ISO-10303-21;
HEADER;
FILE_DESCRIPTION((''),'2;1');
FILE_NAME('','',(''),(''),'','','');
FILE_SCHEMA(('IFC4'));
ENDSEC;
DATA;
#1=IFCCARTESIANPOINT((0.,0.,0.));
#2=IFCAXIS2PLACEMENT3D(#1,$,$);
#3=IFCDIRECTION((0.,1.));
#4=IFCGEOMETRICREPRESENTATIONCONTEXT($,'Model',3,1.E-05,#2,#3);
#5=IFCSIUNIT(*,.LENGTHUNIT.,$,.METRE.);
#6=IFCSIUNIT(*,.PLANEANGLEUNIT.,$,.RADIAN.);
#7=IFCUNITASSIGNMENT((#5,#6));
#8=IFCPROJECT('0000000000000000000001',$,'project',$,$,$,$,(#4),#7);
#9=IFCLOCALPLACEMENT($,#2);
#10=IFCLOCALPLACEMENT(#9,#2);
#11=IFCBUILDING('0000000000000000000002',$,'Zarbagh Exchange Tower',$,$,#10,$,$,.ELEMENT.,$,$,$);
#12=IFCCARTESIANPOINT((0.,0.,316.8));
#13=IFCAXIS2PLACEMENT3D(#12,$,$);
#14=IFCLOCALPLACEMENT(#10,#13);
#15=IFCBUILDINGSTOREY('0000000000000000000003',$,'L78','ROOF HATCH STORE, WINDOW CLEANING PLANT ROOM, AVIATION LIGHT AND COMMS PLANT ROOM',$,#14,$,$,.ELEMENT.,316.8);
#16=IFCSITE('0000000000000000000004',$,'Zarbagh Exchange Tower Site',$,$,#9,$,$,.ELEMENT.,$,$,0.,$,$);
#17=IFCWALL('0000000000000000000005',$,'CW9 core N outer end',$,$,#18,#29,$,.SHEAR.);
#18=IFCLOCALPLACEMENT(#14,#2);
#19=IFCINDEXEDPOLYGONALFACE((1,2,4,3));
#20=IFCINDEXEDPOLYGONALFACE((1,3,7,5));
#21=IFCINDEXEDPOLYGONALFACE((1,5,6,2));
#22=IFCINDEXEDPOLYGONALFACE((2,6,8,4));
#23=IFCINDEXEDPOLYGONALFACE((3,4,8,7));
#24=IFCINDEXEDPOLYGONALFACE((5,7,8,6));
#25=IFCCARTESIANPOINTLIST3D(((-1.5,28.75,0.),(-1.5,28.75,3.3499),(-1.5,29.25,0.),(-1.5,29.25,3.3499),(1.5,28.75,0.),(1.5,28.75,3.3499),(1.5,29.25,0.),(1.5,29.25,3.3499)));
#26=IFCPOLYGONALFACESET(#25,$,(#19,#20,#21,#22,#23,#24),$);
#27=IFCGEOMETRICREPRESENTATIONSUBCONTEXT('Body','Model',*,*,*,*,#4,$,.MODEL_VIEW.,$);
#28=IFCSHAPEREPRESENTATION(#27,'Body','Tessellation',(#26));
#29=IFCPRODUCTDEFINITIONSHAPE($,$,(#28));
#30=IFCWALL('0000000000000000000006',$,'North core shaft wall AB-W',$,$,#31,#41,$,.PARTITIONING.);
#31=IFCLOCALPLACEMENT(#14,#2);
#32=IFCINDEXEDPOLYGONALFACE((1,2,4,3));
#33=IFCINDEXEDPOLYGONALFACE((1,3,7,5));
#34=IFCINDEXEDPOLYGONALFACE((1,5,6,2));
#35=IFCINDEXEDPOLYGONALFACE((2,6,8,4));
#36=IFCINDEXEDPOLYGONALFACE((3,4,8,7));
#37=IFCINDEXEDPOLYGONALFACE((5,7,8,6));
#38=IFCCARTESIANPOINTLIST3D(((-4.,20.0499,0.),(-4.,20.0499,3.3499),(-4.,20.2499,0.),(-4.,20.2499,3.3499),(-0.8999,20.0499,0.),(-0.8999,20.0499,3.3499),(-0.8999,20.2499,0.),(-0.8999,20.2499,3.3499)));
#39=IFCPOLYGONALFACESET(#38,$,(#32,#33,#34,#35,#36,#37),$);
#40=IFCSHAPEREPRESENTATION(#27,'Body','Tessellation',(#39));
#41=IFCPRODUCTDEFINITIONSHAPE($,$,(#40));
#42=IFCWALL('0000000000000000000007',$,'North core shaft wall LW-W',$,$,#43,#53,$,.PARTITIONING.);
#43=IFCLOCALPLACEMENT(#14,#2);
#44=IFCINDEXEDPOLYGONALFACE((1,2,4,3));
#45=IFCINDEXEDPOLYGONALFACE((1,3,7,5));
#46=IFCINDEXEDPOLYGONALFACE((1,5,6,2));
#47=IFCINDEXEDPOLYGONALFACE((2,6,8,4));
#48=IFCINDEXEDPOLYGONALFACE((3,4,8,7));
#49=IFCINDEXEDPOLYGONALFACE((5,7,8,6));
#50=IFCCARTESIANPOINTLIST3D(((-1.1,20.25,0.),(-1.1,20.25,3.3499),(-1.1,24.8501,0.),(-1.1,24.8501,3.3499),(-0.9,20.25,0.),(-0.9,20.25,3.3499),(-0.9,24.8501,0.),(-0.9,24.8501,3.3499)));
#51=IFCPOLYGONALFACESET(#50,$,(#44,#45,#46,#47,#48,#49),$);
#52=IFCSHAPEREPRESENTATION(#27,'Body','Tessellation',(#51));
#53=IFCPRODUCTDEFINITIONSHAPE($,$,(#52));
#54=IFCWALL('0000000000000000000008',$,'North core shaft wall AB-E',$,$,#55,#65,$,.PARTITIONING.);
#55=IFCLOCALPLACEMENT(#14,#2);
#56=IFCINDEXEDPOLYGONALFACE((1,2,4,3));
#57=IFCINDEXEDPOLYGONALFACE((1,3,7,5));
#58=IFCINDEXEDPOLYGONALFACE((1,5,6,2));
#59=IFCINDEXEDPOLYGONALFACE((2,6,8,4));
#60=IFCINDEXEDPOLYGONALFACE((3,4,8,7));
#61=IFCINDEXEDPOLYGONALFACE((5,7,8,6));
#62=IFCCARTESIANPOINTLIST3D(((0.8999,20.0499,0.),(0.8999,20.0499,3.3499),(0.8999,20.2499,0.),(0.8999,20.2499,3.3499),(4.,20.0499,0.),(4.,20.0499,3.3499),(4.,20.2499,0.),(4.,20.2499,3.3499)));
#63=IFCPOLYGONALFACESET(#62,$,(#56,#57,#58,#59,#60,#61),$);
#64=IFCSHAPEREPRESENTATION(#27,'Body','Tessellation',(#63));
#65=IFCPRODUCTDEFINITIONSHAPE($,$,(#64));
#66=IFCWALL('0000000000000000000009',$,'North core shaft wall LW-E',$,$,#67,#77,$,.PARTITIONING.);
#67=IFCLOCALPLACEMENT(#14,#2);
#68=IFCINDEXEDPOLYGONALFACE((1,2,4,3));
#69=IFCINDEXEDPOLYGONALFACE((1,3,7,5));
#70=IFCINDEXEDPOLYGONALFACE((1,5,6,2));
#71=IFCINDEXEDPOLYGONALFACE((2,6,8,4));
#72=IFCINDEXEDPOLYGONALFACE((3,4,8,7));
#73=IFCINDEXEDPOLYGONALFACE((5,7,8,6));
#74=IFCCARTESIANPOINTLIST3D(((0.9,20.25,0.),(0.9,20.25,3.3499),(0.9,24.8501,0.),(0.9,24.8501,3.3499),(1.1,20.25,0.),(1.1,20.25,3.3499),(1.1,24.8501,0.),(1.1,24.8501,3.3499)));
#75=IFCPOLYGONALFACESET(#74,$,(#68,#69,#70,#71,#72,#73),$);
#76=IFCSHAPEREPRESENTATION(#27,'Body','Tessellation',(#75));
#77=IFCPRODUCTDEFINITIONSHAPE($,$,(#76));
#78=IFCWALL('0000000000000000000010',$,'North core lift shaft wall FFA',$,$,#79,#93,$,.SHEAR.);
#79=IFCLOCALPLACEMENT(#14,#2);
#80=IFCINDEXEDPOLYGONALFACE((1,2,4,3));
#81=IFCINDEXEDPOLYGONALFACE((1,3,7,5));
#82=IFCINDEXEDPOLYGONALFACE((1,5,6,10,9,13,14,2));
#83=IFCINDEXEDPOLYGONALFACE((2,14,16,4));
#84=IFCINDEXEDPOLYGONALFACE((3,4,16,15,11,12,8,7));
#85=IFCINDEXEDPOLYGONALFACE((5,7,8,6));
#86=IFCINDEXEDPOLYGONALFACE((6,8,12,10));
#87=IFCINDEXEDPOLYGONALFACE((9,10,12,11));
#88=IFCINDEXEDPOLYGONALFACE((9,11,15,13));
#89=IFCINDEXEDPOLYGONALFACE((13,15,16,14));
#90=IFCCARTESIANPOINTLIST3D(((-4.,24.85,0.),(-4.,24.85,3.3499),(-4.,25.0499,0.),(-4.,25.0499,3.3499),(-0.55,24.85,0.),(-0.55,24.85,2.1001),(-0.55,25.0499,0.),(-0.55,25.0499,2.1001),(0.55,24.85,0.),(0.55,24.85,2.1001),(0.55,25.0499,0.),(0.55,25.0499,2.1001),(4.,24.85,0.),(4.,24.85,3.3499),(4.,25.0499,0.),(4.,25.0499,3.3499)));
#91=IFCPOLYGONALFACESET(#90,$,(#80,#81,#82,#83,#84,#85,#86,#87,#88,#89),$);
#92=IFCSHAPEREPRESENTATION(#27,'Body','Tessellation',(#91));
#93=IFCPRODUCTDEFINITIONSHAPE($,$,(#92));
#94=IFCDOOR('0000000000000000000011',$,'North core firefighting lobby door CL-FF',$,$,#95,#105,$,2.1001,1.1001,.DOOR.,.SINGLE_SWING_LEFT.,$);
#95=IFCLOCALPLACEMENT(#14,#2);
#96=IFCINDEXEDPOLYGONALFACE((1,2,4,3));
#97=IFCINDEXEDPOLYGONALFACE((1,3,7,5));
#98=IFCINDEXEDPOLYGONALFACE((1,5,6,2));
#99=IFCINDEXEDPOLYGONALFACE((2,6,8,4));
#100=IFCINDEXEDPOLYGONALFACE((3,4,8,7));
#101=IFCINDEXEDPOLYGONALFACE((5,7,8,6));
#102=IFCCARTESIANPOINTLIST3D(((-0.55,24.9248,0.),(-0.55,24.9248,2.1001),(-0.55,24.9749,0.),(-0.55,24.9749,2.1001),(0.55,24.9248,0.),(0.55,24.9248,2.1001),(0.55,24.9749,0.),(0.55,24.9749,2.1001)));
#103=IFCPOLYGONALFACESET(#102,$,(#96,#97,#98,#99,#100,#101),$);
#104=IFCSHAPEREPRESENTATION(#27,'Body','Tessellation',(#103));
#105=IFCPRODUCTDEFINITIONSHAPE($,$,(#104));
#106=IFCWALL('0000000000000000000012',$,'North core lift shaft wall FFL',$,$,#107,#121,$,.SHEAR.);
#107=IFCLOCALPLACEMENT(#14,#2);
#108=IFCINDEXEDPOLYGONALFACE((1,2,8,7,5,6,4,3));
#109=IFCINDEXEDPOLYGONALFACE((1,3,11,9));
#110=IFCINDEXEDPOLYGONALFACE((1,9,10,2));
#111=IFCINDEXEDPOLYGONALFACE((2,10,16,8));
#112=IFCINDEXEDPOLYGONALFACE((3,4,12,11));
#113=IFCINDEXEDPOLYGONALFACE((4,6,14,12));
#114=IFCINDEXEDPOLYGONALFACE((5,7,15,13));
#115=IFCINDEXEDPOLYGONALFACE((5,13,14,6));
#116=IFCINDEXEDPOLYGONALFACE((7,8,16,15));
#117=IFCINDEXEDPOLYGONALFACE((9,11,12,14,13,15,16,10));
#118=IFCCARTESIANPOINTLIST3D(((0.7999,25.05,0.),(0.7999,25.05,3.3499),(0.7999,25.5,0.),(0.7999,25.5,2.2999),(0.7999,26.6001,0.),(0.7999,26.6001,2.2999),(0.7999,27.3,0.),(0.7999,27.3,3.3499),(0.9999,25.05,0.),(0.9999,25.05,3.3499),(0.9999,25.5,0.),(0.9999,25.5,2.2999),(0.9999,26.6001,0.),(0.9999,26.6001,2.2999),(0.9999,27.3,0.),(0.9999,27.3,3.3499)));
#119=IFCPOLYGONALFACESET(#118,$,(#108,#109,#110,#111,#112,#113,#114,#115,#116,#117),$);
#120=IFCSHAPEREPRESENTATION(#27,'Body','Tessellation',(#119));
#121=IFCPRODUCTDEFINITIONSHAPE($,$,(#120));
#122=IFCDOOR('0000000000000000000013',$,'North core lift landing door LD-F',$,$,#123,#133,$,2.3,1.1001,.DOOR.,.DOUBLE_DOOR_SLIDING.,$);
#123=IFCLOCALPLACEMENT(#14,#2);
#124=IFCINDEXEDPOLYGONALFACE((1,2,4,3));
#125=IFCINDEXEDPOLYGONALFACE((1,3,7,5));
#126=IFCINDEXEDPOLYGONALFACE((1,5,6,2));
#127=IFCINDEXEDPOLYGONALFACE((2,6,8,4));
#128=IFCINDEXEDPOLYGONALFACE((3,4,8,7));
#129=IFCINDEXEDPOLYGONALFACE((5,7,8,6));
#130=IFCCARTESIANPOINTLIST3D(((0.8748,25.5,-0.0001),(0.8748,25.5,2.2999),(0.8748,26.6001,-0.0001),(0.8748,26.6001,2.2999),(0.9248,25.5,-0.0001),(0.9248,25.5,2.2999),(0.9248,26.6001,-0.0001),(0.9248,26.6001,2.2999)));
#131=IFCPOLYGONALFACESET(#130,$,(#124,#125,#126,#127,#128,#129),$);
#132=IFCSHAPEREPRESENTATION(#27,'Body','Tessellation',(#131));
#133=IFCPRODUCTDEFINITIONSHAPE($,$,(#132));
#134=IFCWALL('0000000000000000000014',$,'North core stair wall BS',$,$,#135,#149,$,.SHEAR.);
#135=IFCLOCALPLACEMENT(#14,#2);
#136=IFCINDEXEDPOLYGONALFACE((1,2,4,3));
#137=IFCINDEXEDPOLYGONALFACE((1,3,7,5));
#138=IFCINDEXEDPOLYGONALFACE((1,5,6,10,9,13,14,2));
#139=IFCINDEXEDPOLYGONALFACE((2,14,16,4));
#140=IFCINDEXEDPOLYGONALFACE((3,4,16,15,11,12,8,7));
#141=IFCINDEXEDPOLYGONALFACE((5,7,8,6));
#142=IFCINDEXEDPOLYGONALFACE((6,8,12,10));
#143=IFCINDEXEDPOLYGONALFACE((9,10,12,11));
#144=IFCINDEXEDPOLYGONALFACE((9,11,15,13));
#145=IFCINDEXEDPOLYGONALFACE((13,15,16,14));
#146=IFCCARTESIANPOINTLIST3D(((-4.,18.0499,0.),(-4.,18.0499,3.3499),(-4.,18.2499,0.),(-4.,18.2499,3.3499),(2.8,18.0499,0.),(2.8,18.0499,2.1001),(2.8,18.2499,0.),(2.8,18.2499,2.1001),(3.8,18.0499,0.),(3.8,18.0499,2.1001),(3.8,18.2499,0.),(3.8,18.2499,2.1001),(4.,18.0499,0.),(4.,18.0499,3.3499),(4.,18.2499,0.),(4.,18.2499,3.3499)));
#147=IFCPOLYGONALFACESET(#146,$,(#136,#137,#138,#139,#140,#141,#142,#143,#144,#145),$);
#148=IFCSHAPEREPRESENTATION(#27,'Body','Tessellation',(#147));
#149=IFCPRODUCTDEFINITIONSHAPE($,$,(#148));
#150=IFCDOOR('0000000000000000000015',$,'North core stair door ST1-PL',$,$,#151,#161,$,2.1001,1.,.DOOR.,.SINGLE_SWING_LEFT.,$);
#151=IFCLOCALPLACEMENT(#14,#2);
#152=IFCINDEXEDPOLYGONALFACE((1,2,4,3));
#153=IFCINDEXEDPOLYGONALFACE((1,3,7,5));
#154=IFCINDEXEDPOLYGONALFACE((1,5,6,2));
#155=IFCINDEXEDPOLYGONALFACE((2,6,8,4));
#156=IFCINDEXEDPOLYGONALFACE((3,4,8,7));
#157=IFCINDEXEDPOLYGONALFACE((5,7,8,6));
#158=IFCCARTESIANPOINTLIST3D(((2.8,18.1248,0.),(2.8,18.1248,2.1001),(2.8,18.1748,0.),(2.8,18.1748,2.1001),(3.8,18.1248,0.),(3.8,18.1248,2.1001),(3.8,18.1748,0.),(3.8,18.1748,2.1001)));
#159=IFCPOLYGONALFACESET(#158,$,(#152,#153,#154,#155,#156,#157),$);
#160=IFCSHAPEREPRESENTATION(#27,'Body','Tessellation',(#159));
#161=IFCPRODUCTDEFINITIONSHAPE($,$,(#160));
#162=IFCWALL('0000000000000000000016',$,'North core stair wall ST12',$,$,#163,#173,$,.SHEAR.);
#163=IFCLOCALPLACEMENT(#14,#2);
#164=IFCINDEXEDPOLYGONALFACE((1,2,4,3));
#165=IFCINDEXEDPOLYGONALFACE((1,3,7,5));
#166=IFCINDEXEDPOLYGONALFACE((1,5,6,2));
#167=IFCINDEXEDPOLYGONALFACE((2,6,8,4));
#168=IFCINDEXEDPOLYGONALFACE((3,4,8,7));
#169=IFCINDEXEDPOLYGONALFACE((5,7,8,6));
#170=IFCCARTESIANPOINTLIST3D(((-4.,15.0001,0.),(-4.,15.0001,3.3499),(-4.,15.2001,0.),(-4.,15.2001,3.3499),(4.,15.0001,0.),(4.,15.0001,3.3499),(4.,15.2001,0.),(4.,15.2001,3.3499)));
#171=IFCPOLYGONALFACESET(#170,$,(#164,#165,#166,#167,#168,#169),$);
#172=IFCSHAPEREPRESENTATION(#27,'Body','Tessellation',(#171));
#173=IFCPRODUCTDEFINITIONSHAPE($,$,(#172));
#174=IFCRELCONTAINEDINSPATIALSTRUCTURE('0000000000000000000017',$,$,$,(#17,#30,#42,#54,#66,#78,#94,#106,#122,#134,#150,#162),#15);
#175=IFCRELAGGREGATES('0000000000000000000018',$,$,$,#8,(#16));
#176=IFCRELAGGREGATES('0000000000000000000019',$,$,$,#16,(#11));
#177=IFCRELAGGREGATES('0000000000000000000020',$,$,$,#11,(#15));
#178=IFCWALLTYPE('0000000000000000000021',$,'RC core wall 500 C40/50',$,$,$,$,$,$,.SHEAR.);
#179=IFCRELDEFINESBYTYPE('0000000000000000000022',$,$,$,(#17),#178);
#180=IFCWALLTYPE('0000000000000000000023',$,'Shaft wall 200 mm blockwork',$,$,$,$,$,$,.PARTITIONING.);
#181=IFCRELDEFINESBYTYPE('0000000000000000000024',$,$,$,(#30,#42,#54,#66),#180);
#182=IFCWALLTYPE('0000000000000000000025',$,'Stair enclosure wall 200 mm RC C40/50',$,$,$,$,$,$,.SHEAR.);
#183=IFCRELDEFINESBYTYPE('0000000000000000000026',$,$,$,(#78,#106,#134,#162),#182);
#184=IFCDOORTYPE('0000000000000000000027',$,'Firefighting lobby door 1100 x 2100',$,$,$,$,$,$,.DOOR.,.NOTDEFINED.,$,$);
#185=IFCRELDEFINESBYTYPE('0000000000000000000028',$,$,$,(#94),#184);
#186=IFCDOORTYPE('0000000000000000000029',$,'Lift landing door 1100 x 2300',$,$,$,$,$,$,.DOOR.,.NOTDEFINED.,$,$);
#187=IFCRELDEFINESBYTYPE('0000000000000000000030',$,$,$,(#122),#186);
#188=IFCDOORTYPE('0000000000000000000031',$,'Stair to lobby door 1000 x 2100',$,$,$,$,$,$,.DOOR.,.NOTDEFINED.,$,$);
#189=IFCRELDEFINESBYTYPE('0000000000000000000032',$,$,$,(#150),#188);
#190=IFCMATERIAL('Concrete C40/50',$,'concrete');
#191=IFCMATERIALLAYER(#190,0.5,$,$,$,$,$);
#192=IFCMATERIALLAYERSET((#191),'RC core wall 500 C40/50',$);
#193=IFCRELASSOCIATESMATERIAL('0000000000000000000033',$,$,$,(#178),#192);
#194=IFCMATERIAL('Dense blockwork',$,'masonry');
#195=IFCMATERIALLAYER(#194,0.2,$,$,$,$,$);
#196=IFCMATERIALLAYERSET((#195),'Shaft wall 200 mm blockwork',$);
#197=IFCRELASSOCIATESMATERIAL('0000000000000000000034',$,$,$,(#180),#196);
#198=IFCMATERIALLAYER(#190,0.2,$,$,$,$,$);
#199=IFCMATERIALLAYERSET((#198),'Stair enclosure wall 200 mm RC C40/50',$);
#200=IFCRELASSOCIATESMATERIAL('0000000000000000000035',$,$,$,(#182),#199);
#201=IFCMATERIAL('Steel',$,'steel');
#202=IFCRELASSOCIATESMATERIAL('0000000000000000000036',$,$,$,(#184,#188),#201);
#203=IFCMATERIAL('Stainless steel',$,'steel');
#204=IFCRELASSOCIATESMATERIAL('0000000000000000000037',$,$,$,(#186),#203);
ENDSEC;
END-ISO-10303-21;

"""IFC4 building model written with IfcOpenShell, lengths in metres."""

from ifc_helpers import new_model, si_unit, direction, frame, frame_2d, origin, place, context, subcontext, project, spatial, rectangle, extrude, material, layer, layer_set, type_object, element, fill, save


model = new_model("IFC4")

# Units and contexts
model_context = context("Model", 3, precision=1e-05, world=origin(), true_north=direction((0.0, 1.0)))
body_context = subcontext(model_context, "Body", "Model", "MODEL_VIEW")
ifc_project = project(units=[si_unit("LENGTHUNIT", "METRE"), si_unit("PLANEANGLEUNIT", "RADIAN")], contexts=[model_context])

# Site, building, storey
site_placement = place(None, origin())
site = spatial("IfcSite", under=ifc_project, at=site_placement, Name="Zarbagh Exchange Tower Site", CompositionType="ELEMENT", RefElevation=0.0)
building_placement = place(site_placement, origin())
building = spatial("IfcBuilding", under=site, at=building_placement, Name="Zarbagh Exchange Tower", CompositionType="ELEMENT")
storey_placement = place(building_placement, frame((0.0, 0.0, 316.8)))
storey = spatial("IfcBuildingStorey", under=building, at=storey_placement, Name="L78", Description="ROOF HATCH STORE, WINDOW CLEANING PLANT ROOM, AVIATION LIGHT AND COMMS PLANT ROOM", CompositionType="ELEMENT", Elevation=316.8)

# Walls
ifc_material_1 = material(Name="Concrete C40/50", Category="concrete")
ifc_layer_1 = layer(ifc_material_1, 0.5)
ifc_layer_set_1 = layer_set([ifc_layer_1], Name="RC core wall 500 C40/50")
wall_type_1 = type_object("IfcWallType", Name="RC core wall 500 C40/50", PredefinedType="SHEAR", material=ifc_layer_set_1)
wall_1_placement = place(storey_placement, frame((-1.5, 29.0, 0.0), z_axis=(0.0, 0.0, 1.0), x_axis=(1.0, 0.0, 0.0)))
element("IfcWall", 1, at=wall_1_placement, inside=storey, type_object=wall_type_1, Name="CW9 core N outer end", PredefinedType="SHEAR", context=body_context, shape_type="SweptSolid", body=[
    extrude(rectangle(XDim=3.0, YDim=0.5, at=frame_2d((1.5, 0.0))), origin(), (0.0, 0.0, 1.0), 3.3499),
])
ifc_material_2 = material(Name="Dense blockwork", Category="masonry")
ifc_layer_2 = layer(ifc_material_2, 0.2)
ifc_layer_set_2 = layer_set([ifc_layer_2], Name="Shaft wall 200 mm blockwork")
wall_type_2 = type_object("IfcWallType", Name="Shaft wall 200 mm blockwork", PredefinedType="PARTITIONING", material=ifc_layer_set_2)
wall_2_placement = place(storey_placement, frame((-4.0, 20.1499, 0.0), z_axis=(0.0, 0.0, 1.0), x_axis=(1.0, 0.0, 0.0)))
element("IfcWall", 2, at=wall_2_placement, inside=storey, type_object=wall_type_2, Name="North core shaft wall AB-W", PredefinedType="PARTITIONING", context=body_context, shape_type="SweptSolid", body=[
    extrude(rectangle(XDim=3.1001, YDim=0.2, at=frame_2d((1.55, 0.0))), origin(), (0.0, 0.0, 1.0), 3.3499),
])
wall_3_placement = place(storey_placement, frame((-1.0, 24.8501, 0.0), z_axis=(0.0, 0.0, 1.0), x_axis=(0.0, -1.0, 0.0)))
element("IfcWall", 3, at=wall_3_placement, inside=storey, type_object=wall_type_2, Name="North core shaft wall LW-W", PredefinedType="PARTITIONING", context=body_context, shape_type="SweptSolid", body=[
    extrude(rectangle(XDim=4.6001, YDim=0.2, at=frame_2d((2.3, 0.0))), origin(), (0.0, 0.0, 1.0), 3.3499),
])
wall_4_placement = place(storey_placement, frame((0.8999, 20.1499, 0.0), z_axis=(0.0, 0.0, 1.0), x_axis=(1.0, 0.0, 0.0)))
element("IfcWall", 4, at=wall_4_placement, inside=storey, type_object=wall_type_2, Name="North core shaft wall AB-E", PredefinedType="PARTITIONING", context=body_context, shape_type="SweptSolid", body=[
    extrude(rectangle(XDim=3.1001, YDim=0.2, at=frame_2d((1.55, 0.0))), origin(), (0.0, 0.0, 1.0), 3.3499),
])
wall_5_placement = place(storey_placement, frame((1.0, 24.8501, 0.0), z_axis=(0.0, 0.0, 1.0), x_axis=(0.0, -1.0, 0.0)))
element("IfcWall", 5, at=wall_5_placement, inside=storey, type_object=wall_type_2, Name="North core shaft wall LW-E", PredefinedType="PARTITIONING", context=body_context, shape_type="SweptSolid", body=[
    extrude(rectangle(XDim=4.6001, YDim=0.2, at=frame_2d((2.3, 0.0))), origin(), (0.0, 0.0, 1.0), 3.3499),
])

# Walls, openings, doors
ifc_layer_3 = layer(ifc_material_1, 0.2)
ifc_layer_set_3 = layer_set([ifc_layer_3], Name="Stair enclosure wall 200 mm RC C40/50")
wall_type_3 = type_object("IfcWallType", Name="Stair enclosure wall 200 mm RC C40/50", PredefinedType="SHEAR", material=ifc_layer_set_3)
wall_6_placement = place(storey_placement, frame((-4.0, 24.95, 0.0), z_axis=(0.0, 0.0, 1.0), x_axis=(1.0, 0.0, 0.0)))
wall_6 = element("IfcWall", 6, at=wall_6_placement, inside=storey, type_object=wall_type_3, Name="North core lift shaft wall FFA", PredefinedType="SHEAR", context=body_context, shape_type="SweptSolid", body=[
    extrude(rectangle(XDim=8.0, YDim=0.2, at=frame_2d((4.0, 0.0))), origin(), (0.0, 0.0, 1.0), 3.3499),
])
opening_1_placement = place(wall_6_placement, frame((3.45, 0.0, 0.0)))
opening_1 = element("IfcOpeningElement", 7, at=opening_1_placement, cuts=wall_6, PredefinedType="OPENING", context=body_context, shape_type="SweptSolid", body=[
    extrude(rectangle(XDim=1.1001, YDim=2.1001, at=frame_2d((0.55, 1.05))), frame((0.0, 0.1099, 0.0), z_axis=(0.0, -1.0, 0.0), x_axis=(1.0, 0.0, 0.0)), (0.0, 0.0, 1.0), 0.22),
])
ifc_material_3 = material(Name="Steel", Category="steel")
door_type_1 = type_object("IfcDoorType", Name="Firefighting lobby door 1100 x 2100", OperationType="NOTDEFINED", PredefinedType="DOOR", material=ifc_material_3)
door_1_placement = place(opening_1_placement, origin())
door_1 = element("IfcDoor", 8, at=door_1_placement, inside=storey, type_object=door_type_1, Name="North core firefighting lobby door CL-FF", OperationType="SINGLE_SWING_LEFT", OverallHeight=2.1001, OverallWidth=1.1001, PredefinedType="DOOR", context=body_context, shape_type="SweptSolid", body=[
    extrude(rectangle(XDim=1.1001, YDim=2.1001, at=frame_2d((0.55, 1.05))), frame((0.0, 0.0249, 0.0), z_axis=(0.0, -1.0, 0.0), x_axis=(1.0, 0.0, 0.0)), (0.0, 0.0, 1.0), 0.05),
])
fill(opening_1, door_1)
wall_7_placement = place(storey_placement, frame((0.8999, 27.3, 0.0), z_axis=(0.0, 0.0, 1.0), x_axis=(0.0, -1.0, 0.0)))
wall_7 = element("IfcWall", 9, at=wall_7_placement, inside=storey, type_object=wall_type_3, Name="North core lift shaft wall FFL", PredefinedType="SHEAR", context=body_context, shape_type="SweptSolid", body=[
    extrude(rectangle(XDim=2.25, YDim=0.2, at=frame_2d((1.125, 0.0))), origin(), (0.0, 0.0, 1.0), 3.3499),
])
opening_2_placement = place(wall_7_placement, frame((0.7, 0.0, 0.0)))
opening_2 = element("IfcOpeningElement", 10, at=opening_2_placement, cuts=wall_7, PredefinedType="OPENING", context=body_context, shape_type="SweptSolid", body=[
    extrude(rectangle(XDim=1.1001, YDim=2.3, at=frame_2d((0.55, 1.1499))), frame((0.0, 0.1099, 0.0), z_axis=(0.0, -1.0, 0.0), x_axis=(1.0, 0.0, 0.0)), (0.0, 0.0, 1.0), 0.22),
])
ifc_material_4 = material(Name="Stainless steel", Category="steel")
door_type_2 = type_object("IfcDoorType", Name="Lift landing door 1100 x 2300", OperationType="NOTDEFINED", PredefinedType="DOOR", material=ifc_material_4)
door_2_placement = place(opening_2_placement, origin())
door_2 = element("IfcDoor", 11, at=door_2_placement, inside=storey, type_object=door_type_2, Name="North core lift landing door LD-F", OperationType="DOUBLE_DOOR_SLIDING", OverallHeight=2.3, OverallWidth=1.1001, PredefinedType="DOOR", context=body_context, shape_type="SweptSolid", body=[
    extrude(rectangle(XDim=1.1001, YDim=2.3, at=frame_2d((0.55, 1.1499))), frame((0.0, 0.0249, 0.0), z_axis=(0.0, -1.0, 0.0), x_axis=(1.0, 0.0, 0.0)), (0.0, 0.0, 1.0), 0.05),
])
fill(opening_2, door_2)
wall_8_placement = place(storey_placement, frame((-4.0, 18.1499, 0.0), z_axis=(0.0, 0.0, 1.0), x_axis=(1.0, 0.0, 0.0)))
wall_8 = element("IfcWall", 12, at=wall_8_placement, inside=storey, type_object=wall_type_3, Name="North core stair wall BS", PredefinedType="SHEAR", context=body_context, shape_type="SweptSolid", body=[
    extrude(rectangle(XDim=8.0, YDim=0.2, at=frame_2d((4.0, 0.0))), origin(), (0.0, 0.0, 1.0), 3.3499),
])
opening_3_placement = place(wall_8_placement, frame((6.8, 0.0, 0.0)))
opening_3 = element("IfcOpeningElement", 13, at=opening_3_placement, cuts=wall_8, PredefinedType="OPENING", context=body_context, shape_type="SweptSolid", body=[
    extrude(rectangle(XDim=1.0, YDim=2.1001, at=frame_2d((0.5, 1.05))), frame((0.0, 0.1099, 0.0), z_axis=(0.0, -1.0, 0.0), x_axis=(1.0, 0.0, 0.0)), (0.0, 0.0, 1.0), 0.22),
])
door_type_3 = type_object("IfcDoorType", Name="Stair to lobby door 1000 x 2100", OperationType="NOTDEFINED", PredefinedType="DOOR", material=ifc_material_3)
door_3_placement = place(opening_3_placement, origin())
door_3 = element("IfcDoor", 14, at=door_3_placement, inside=storey, type_object=door_type_3, Name="North core stair door ST1-PL", OperationType="SINGLE_SWING_LEFT", OverallHeight=2.1001, OverallWidth=1.0, PredefinedType="DOOR", context=body_context, shape_type="SweptSolid", body=[
    extrude(rectangle(XDim=1.0, YDim=2.1001, at=frame_2d((0.5, 1.05))), frame((0.0, 0.0249, 0.0), z_axis=(0.0, -1.0, 0.0), x_axis=(1.0, 0.0, 0.0)), (0.0, 0.0, 1.0), 0.05),
])
fill(opening_3, door_3)

# Wall
wall_9_placement = place(storey_placement, frame((-4.0, 15.1001, 0.0), z_axis=(0.0, 0.0, 1.0), x_axis=(1.0, 0.0, 0.0)))
element("IfcWall", 15, at=wall_9_placement, inside=storey, type_object=wall_type_3, Name="North core stair wall ST12", PredefinedType="SHEAR", context=body_context, shape_type="SweptSolid", body=[
    extrude(rectangle(XDim=8.0, YDim=0.2, at=frame_2d((4.0, 0.0))), origin(), (0.0, 0.0, 1.0), 3.3499),
])

save(model, "model.ifc")
